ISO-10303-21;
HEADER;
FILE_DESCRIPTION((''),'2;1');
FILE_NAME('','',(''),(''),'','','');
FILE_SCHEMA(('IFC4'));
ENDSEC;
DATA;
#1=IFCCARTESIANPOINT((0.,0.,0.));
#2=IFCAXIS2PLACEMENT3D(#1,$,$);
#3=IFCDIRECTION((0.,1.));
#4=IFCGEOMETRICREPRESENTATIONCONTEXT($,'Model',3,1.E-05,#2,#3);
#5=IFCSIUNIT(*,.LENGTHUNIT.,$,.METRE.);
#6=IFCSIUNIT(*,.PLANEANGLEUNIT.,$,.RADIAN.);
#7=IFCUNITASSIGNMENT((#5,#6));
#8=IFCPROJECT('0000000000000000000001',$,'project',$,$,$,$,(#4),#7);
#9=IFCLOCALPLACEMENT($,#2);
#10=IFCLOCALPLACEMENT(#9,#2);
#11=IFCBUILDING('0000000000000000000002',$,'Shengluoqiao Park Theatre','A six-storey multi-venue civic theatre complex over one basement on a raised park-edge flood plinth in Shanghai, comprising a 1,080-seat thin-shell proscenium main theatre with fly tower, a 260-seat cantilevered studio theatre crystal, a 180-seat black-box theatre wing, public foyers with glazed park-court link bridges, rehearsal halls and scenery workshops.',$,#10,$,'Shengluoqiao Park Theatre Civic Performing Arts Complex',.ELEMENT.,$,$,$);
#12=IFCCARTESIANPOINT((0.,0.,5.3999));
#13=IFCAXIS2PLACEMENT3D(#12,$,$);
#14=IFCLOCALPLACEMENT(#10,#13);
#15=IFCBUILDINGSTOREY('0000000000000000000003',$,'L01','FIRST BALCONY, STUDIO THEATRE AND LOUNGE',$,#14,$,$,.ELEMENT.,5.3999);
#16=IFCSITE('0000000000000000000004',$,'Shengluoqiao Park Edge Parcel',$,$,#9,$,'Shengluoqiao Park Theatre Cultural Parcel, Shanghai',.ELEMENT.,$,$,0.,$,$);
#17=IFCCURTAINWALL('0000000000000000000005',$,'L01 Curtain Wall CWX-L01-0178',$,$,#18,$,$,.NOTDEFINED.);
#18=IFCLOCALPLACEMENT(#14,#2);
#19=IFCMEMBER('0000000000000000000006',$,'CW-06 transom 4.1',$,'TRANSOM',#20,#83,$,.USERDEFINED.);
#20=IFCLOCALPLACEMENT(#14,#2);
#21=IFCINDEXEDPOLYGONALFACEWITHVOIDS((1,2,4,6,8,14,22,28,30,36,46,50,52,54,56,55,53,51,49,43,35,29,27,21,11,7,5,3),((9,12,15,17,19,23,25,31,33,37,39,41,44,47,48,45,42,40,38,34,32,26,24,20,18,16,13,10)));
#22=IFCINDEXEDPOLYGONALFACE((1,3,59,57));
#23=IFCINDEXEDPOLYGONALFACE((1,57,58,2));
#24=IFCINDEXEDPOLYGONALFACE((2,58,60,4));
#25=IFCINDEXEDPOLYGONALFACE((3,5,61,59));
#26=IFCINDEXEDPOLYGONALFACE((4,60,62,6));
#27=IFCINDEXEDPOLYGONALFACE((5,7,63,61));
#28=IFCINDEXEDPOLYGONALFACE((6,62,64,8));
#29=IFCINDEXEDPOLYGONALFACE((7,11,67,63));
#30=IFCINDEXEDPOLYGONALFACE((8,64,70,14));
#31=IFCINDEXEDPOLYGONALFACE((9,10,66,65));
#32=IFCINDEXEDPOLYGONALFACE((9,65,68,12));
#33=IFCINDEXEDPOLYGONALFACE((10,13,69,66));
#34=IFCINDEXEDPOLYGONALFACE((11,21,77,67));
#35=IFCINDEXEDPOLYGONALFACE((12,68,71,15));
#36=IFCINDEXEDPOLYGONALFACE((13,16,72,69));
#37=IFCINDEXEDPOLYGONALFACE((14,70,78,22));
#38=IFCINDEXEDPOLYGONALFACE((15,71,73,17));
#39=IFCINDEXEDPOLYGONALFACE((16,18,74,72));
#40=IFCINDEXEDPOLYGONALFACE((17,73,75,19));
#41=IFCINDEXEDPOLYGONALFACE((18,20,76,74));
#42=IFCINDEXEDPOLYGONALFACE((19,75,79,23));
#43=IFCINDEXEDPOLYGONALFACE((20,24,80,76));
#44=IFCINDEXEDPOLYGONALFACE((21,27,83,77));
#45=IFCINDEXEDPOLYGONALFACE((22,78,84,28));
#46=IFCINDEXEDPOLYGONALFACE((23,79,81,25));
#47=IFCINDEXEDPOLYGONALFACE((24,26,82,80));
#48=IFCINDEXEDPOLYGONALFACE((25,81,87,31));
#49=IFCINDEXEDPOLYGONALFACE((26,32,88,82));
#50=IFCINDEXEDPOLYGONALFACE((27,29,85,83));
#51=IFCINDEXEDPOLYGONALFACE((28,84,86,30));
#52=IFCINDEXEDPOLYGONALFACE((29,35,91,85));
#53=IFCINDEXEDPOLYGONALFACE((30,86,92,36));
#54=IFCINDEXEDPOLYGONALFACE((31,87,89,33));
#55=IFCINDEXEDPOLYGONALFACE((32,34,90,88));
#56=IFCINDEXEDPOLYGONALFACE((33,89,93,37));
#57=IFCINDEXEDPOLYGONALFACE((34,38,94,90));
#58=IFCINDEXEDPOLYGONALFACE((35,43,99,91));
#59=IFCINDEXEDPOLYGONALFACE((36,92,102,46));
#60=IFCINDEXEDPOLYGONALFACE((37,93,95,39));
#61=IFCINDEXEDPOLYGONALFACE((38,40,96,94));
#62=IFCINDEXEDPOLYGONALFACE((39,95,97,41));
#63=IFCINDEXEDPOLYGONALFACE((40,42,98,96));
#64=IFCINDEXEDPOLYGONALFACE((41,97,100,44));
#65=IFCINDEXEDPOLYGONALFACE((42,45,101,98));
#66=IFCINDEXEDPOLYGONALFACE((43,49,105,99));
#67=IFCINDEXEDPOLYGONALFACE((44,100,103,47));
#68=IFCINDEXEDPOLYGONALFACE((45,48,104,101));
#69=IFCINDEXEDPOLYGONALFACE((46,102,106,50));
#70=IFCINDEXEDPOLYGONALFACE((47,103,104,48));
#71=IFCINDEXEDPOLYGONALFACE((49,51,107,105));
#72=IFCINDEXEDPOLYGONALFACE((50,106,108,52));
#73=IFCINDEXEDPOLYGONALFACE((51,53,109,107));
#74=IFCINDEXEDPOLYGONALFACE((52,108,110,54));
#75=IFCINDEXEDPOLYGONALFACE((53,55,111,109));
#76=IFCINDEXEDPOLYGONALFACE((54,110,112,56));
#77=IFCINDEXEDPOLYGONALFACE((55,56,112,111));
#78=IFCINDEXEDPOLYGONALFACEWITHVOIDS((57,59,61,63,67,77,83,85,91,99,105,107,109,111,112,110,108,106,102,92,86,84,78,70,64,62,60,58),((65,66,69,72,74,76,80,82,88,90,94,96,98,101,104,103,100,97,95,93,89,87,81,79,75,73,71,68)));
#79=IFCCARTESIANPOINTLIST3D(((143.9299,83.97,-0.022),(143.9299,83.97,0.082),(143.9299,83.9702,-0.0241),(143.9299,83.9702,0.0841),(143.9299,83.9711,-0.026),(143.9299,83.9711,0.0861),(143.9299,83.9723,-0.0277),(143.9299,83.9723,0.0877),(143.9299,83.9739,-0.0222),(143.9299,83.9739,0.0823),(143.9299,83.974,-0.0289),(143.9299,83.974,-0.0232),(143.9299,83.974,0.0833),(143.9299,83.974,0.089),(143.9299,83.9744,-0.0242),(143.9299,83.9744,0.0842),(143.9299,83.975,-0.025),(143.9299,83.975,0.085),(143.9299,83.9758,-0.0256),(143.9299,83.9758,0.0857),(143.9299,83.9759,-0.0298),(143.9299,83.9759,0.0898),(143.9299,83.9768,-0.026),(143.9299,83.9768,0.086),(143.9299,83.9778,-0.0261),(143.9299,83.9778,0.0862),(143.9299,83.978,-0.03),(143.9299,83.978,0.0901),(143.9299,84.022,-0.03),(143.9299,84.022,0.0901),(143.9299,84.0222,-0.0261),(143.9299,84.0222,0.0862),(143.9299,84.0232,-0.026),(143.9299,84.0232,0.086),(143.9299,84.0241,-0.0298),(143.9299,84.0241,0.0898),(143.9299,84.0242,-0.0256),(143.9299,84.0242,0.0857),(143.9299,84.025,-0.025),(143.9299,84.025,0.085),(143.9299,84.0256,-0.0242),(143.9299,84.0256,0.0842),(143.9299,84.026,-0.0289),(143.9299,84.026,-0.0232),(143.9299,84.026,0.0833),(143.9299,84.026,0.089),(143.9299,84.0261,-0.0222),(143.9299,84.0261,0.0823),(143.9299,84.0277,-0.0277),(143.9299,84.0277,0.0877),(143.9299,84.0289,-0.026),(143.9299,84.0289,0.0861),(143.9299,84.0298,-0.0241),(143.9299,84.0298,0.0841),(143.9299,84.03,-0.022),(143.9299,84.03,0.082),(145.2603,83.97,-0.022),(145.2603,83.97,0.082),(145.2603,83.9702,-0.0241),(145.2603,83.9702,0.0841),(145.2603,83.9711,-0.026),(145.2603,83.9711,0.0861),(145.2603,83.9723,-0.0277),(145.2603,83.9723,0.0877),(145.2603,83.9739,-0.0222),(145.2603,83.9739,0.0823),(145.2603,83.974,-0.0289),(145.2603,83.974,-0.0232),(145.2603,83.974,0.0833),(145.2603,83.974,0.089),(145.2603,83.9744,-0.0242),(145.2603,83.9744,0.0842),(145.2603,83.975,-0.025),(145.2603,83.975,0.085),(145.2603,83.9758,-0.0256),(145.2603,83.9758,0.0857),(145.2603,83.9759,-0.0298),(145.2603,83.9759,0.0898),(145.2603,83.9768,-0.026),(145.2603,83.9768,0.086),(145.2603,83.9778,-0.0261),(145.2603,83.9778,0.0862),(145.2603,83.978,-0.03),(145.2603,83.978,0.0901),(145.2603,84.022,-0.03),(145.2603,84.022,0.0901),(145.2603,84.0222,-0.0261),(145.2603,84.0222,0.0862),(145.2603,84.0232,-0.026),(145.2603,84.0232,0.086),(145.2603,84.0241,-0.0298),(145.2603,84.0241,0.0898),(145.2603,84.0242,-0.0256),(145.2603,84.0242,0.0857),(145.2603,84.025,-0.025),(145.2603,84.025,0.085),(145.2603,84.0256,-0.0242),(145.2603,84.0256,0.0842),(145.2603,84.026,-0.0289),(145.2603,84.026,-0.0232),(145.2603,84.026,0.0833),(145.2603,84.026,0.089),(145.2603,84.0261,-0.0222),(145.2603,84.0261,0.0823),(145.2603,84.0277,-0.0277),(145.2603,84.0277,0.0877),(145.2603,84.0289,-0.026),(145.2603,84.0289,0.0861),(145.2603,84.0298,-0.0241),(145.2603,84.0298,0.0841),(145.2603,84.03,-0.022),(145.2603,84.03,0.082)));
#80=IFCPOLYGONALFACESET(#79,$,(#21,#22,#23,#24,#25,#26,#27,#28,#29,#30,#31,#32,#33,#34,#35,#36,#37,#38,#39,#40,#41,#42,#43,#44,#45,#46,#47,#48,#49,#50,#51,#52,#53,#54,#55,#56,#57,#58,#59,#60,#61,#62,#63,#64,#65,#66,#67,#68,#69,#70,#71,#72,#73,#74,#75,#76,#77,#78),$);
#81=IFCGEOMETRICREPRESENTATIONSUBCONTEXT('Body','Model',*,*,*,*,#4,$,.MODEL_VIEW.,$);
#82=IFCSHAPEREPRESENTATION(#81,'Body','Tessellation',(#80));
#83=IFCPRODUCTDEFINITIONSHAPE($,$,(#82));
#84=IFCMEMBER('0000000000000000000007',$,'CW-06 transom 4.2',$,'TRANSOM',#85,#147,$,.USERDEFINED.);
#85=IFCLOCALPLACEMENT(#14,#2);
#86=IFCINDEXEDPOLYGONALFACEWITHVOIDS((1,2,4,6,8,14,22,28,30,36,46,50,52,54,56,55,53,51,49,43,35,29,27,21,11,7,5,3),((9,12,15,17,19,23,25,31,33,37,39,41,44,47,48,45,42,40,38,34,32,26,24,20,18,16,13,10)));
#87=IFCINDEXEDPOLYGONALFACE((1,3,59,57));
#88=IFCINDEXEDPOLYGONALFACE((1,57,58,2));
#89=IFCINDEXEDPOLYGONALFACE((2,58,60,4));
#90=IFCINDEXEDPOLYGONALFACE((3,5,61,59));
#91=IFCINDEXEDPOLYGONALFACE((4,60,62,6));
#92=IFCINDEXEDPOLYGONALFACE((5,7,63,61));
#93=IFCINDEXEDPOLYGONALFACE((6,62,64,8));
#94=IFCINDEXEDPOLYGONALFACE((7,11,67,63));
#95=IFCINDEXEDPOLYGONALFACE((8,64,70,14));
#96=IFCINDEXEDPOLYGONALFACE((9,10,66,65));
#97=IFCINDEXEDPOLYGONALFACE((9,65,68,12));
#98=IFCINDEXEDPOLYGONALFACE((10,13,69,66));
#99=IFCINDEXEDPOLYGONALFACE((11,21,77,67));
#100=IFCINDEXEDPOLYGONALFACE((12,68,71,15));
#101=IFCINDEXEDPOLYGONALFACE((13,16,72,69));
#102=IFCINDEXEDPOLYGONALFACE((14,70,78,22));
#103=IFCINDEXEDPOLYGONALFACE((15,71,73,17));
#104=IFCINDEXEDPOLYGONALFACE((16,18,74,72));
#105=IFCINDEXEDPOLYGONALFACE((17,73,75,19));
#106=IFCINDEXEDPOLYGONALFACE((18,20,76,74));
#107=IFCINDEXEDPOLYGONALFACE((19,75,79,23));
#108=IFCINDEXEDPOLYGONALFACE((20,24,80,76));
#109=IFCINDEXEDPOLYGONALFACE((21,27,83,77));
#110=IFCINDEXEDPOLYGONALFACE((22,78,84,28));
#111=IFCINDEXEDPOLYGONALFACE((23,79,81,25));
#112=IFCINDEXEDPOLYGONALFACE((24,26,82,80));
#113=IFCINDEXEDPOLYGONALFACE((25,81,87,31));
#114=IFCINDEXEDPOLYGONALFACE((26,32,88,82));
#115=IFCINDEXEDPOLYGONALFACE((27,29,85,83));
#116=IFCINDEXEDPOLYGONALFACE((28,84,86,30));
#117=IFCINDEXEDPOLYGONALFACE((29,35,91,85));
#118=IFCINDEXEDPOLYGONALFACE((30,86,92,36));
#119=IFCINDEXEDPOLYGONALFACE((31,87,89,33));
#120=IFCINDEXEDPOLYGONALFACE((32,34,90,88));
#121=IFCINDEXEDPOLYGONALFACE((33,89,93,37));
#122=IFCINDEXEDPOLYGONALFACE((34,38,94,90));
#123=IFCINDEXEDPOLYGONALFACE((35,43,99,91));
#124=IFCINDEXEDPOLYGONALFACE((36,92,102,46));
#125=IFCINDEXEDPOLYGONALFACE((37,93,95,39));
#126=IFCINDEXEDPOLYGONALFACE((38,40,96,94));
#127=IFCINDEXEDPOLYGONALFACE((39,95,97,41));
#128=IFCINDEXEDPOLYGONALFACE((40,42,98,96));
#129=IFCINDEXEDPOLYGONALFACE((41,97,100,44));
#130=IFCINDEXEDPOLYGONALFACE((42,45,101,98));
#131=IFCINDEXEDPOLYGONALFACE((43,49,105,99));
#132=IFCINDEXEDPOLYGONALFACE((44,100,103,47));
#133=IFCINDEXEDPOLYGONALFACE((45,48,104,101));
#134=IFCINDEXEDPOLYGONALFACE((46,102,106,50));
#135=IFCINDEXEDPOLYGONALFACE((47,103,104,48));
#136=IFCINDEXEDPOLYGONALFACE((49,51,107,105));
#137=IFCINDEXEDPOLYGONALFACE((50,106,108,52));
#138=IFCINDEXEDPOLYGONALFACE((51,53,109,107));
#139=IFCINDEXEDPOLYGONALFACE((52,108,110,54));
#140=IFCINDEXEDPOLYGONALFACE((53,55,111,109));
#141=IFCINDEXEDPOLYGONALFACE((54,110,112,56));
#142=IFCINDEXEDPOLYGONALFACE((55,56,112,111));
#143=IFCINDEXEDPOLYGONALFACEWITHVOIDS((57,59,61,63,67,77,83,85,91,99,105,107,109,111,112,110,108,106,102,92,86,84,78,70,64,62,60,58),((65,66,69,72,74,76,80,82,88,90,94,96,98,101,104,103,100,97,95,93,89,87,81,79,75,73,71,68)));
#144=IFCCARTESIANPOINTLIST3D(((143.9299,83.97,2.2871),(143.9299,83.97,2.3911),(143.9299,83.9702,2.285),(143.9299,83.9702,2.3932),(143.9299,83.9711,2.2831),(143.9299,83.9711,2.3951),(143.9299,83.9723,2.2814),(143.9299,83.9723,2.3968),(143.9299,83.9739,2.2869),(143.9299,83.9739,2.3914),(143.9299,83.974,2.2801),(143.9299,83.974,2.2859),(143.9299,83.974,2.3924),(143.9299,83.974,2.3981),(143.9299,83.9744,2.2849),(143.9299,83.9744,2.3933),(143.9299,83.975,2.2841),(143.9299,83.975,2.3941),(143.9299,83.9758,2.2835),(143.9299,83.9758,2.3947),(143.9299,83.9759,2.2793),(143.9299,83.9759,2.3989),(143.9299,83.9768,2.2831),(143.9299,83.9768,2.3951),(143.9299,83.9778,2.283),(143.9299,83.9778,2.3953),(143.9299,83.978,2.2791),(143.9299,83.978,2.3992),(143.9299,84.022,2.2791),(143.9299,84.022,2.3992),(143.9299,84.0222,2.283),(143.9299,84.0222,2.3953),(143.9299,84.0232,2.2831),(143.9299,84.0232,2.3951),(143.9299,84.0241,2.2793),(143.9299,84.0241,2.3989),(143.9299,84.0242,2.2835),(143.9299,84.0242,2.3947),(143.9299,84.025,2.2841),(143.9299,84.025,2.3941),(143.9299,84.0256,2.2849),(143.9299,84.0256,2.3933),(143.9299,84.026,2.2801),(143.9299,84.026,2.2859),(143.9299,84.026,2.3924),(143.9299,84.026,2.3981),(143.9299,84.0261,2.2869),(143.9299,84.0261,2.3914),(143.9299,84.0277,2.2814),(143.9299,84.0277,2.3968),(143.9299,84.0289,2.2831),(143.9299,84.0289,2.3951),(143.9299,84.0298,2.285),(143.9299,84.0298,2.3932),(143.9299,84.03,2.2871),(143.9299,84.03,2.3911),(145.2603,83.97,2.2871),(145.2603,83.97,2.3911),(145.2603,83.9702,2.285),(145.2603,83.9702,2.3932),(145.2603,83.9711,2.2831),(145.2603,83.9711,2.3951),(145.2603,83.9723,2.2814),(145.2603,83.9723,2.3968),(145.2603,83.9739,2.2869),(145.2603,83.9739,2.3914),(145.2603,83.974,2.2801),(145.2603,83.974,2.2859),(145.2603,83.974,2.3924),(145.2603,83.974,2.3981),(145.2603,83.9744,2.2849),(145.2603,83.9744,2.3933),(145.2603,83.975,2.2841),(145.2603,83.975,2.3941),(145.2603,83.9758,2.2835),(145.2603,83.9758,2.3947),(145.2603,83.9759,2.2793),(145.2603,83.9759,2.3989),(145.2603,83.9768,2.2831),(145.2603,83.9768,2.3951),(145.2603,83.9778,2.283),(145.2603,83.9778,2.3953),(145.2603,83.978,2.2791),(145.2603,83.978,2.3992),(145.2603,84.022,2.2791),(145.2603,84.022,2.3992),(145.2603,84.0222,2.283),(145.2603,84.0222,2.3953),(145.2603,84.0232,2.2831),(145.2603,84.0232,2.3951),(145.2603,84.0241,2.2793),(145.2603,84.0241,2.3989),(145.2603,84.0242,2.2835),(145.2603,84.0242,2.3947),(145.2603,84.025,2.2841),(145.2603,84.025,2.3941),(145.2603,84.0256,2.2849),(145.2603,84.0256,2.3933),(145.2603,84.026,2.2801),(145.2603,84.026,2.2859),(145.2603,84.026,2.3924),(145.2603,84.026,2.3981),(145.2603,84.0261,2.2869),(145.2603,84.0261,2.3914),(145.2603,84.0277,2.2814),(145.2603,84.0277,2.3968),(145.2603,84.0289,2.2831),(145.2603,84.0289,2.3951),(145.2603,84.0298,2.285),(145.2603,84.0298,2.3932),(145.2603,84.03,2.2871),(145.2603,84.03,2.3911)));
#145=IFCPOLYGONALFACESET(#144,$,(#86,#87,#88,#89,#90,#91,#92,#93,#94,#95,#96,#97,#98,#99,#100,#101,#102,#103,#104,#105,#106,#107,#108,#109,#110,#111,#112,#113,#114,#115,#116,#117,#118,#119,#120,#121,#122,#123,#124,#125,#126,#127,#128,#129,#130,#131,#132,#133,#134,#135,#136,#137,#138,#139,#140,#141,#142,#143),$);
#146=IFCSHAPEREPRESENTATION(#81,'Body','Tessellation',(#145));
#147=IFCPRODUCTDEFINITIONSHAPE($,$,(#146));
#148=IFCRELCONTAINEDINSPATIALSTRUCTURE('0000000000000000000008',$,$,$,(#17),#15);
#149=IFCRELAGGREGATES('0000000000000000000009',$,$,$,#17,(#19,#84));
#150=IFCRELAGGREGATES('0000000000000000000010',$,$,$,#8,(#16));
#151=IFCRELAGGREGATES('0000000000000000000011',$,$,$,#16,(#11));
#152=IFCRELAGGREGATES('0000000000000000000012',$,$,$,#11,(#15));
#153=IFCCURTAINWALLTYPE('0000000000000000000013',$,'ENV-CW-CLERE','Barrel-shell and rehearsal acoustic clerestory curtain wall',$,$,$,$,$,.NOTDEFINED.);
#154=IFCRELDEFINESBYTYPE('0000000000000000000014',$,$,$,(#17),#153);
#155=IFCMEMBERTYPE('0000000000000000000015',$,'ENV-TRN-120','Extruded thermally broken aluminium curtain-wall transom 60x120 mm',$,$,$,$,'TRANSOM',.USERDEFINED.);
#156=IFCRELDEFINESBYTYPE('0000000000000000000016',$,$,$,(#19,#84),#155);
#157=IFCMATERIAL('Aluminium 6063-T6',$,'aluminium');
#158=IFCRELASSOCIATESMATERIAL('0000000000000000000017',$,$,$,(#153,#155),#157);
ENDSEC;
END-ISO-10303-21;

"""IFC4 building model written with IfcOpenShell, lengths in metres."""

from ifc_helpers import new_model, si_unit, direction, frame, origin, origin_2d, place, context, subcontext, project, spatial, hollow_rectangle, extrude, material, material_profile, profile_set, type_object, element, aggregate, save


model = new_model("IFC4")

# Units and contexts
model_context = context("Model", 3, precision=1e-05, world=origin(), true_north=direction((0.0, 1.0)))
body_context = subcontext(model_context, "Body", "Model", "MODEL_VIEW")
ifc_project = project(units=[si_unit("LENGTHUNIT", "METRE"), si_unit("PLANEANGLEUNIT", "RADIAN")], contexts=[model_context])

# Site, building, storey
site_placement = place(None, origin())
site = spatial("IfcSite", under=ifc_project, at=site_placement, Name="Shengluoqiao Park Edge Parcel", LongName="Shengluoqiao Park Theatre Cultural Parcel, Shanghai", CompositionType="ELEMENT", RefElevation=0.0)
building_placement = place(site_placement, origin())
building = spatial("IfcBuilding", under=site, at=building_placement, Name="Shengluoqiao Park Theatre", Description="A six-storey multi-venue civic theatre complex over one basement on a raised park-edge flood plinth in Shanghai, comprising a 1,080-seat thin-shell proscenium main theatre with fly tower, a 260-seat cantilevered studio theatre crystal, a 180-seat black-box theatre wing, public foyers with glazed park-court link bridges, rehearsal halls and scenery workshops.", LongName="Shengluoqiao Park Theatre Civic Performing Arts Complex", CompositionType="ELEMENT")
storey_placement = place(building_placement, frame((0.0, 0.0, 5.3999)))
storey = spatial("IfcBuildingStorey", under=building, at=storey_placement, Name="L01", Description="FIRST BALCONY, STUDIO THEATRE AND LOUNGE", CompositionType="ELEMENT", Elevation=5.3999)

# Shared definitions
ifc_material_1 = material(Name="Aluminium 6063-T6", Category="aluminium")

# Curtain wall
curtain_wall_type_1 = type_object("IfcCurtainWallType", Name="ENV-CW-CLERE", Description="Barrel-shell and rehearsal acoustic clerestory curtain wall", PredefinedType="NOTDEFINED", material=ifc_material_1)
curtain_wall_1_placement = place(storey_placement, origin())
curtain_wall_1 = element("IfcCurtainWall", 1, at=curtain_wall_1_placement, inside=storey, type_object=curtain_wall_type_1, Name="L01 Curtain Wall CWX-L01-0178", PredefinedType="NOTDEFINED")

# Members
ifc_material_profile_1 = material_profile(ifc_material_1, hollow_rectangle(XDim=0.0601, YDim=0.1201, WallThickness=0.0039, InnerFilletRadius=0.0039, OuterFilletRadius=0.0081, at=origin_2d()), Name="ALU TRANSOM 120x60x4")
ifc_profile_set_1 = profile_set([ifc_material_profile_1], Name="Aluminium 6063-T6")
member_type_1 = type_object("IfcMemberType", Name="ENV-TRN-120", Description="Extruded thermally broken aluminium curtain-wall transom 60x120 mm", ElementType="TRANSOM", PredefinedType="USERDEFINED", material=ifc_profile_set_1)
member_1_placement = place(storey_placement, frame((143.9299, 84.0, 0.03), z_axis=(1.0, 0.0, 0.0), x_axis=(0.0, 1.0, 0.0)))
member_1 = element("IfcMember", 2, at=member_1_placement, type_object=member_type_1, Name="CW-06 transom 4.1", ObjectType="TRANSOM", PredefinedType="USERDEFINED", context=body_context, shape_type="SweptSolid", body=[
    extrude(hollow_rectangle(XDim=0.0601, YDim=0.1201, WallThickness=0.0039, InnerFilletRadius=0.0039, OuterFilletRadius=0.0081, at=origin_2d()), origin(), (0.0, 0.0, 1.0), 1.3303),
])
member_2_placement = place(storey_placement, frame((143.9299, 84.0, 2.3391), z_axis=(1.0, 0.0, 0.0), x_axis=(0.0, 1.0, 0.0)))
member_2 = element("IfcMember", 3, at=member_2_placement, type_object=member_type_1, Name="CW-06 transom 4.2", ObjectType="TRANSOM", PredefinedType="USERDEFINED", context=body_context, shape_type="SweptSolid", body=[
    extrude(hollow_rectangle(XDim=0.0601, YDim=0.1201, WallThickness=0.0039, InnerFilletRadius=0.0039, OuterFilletRadius=0.0081, at=origin_2d()), origin(), (0.0, 0.0, 1.0), 1.3303),
])

aggregate(curtain_wall_1, [member_1, member_2])

save(model, "model.ifc")
